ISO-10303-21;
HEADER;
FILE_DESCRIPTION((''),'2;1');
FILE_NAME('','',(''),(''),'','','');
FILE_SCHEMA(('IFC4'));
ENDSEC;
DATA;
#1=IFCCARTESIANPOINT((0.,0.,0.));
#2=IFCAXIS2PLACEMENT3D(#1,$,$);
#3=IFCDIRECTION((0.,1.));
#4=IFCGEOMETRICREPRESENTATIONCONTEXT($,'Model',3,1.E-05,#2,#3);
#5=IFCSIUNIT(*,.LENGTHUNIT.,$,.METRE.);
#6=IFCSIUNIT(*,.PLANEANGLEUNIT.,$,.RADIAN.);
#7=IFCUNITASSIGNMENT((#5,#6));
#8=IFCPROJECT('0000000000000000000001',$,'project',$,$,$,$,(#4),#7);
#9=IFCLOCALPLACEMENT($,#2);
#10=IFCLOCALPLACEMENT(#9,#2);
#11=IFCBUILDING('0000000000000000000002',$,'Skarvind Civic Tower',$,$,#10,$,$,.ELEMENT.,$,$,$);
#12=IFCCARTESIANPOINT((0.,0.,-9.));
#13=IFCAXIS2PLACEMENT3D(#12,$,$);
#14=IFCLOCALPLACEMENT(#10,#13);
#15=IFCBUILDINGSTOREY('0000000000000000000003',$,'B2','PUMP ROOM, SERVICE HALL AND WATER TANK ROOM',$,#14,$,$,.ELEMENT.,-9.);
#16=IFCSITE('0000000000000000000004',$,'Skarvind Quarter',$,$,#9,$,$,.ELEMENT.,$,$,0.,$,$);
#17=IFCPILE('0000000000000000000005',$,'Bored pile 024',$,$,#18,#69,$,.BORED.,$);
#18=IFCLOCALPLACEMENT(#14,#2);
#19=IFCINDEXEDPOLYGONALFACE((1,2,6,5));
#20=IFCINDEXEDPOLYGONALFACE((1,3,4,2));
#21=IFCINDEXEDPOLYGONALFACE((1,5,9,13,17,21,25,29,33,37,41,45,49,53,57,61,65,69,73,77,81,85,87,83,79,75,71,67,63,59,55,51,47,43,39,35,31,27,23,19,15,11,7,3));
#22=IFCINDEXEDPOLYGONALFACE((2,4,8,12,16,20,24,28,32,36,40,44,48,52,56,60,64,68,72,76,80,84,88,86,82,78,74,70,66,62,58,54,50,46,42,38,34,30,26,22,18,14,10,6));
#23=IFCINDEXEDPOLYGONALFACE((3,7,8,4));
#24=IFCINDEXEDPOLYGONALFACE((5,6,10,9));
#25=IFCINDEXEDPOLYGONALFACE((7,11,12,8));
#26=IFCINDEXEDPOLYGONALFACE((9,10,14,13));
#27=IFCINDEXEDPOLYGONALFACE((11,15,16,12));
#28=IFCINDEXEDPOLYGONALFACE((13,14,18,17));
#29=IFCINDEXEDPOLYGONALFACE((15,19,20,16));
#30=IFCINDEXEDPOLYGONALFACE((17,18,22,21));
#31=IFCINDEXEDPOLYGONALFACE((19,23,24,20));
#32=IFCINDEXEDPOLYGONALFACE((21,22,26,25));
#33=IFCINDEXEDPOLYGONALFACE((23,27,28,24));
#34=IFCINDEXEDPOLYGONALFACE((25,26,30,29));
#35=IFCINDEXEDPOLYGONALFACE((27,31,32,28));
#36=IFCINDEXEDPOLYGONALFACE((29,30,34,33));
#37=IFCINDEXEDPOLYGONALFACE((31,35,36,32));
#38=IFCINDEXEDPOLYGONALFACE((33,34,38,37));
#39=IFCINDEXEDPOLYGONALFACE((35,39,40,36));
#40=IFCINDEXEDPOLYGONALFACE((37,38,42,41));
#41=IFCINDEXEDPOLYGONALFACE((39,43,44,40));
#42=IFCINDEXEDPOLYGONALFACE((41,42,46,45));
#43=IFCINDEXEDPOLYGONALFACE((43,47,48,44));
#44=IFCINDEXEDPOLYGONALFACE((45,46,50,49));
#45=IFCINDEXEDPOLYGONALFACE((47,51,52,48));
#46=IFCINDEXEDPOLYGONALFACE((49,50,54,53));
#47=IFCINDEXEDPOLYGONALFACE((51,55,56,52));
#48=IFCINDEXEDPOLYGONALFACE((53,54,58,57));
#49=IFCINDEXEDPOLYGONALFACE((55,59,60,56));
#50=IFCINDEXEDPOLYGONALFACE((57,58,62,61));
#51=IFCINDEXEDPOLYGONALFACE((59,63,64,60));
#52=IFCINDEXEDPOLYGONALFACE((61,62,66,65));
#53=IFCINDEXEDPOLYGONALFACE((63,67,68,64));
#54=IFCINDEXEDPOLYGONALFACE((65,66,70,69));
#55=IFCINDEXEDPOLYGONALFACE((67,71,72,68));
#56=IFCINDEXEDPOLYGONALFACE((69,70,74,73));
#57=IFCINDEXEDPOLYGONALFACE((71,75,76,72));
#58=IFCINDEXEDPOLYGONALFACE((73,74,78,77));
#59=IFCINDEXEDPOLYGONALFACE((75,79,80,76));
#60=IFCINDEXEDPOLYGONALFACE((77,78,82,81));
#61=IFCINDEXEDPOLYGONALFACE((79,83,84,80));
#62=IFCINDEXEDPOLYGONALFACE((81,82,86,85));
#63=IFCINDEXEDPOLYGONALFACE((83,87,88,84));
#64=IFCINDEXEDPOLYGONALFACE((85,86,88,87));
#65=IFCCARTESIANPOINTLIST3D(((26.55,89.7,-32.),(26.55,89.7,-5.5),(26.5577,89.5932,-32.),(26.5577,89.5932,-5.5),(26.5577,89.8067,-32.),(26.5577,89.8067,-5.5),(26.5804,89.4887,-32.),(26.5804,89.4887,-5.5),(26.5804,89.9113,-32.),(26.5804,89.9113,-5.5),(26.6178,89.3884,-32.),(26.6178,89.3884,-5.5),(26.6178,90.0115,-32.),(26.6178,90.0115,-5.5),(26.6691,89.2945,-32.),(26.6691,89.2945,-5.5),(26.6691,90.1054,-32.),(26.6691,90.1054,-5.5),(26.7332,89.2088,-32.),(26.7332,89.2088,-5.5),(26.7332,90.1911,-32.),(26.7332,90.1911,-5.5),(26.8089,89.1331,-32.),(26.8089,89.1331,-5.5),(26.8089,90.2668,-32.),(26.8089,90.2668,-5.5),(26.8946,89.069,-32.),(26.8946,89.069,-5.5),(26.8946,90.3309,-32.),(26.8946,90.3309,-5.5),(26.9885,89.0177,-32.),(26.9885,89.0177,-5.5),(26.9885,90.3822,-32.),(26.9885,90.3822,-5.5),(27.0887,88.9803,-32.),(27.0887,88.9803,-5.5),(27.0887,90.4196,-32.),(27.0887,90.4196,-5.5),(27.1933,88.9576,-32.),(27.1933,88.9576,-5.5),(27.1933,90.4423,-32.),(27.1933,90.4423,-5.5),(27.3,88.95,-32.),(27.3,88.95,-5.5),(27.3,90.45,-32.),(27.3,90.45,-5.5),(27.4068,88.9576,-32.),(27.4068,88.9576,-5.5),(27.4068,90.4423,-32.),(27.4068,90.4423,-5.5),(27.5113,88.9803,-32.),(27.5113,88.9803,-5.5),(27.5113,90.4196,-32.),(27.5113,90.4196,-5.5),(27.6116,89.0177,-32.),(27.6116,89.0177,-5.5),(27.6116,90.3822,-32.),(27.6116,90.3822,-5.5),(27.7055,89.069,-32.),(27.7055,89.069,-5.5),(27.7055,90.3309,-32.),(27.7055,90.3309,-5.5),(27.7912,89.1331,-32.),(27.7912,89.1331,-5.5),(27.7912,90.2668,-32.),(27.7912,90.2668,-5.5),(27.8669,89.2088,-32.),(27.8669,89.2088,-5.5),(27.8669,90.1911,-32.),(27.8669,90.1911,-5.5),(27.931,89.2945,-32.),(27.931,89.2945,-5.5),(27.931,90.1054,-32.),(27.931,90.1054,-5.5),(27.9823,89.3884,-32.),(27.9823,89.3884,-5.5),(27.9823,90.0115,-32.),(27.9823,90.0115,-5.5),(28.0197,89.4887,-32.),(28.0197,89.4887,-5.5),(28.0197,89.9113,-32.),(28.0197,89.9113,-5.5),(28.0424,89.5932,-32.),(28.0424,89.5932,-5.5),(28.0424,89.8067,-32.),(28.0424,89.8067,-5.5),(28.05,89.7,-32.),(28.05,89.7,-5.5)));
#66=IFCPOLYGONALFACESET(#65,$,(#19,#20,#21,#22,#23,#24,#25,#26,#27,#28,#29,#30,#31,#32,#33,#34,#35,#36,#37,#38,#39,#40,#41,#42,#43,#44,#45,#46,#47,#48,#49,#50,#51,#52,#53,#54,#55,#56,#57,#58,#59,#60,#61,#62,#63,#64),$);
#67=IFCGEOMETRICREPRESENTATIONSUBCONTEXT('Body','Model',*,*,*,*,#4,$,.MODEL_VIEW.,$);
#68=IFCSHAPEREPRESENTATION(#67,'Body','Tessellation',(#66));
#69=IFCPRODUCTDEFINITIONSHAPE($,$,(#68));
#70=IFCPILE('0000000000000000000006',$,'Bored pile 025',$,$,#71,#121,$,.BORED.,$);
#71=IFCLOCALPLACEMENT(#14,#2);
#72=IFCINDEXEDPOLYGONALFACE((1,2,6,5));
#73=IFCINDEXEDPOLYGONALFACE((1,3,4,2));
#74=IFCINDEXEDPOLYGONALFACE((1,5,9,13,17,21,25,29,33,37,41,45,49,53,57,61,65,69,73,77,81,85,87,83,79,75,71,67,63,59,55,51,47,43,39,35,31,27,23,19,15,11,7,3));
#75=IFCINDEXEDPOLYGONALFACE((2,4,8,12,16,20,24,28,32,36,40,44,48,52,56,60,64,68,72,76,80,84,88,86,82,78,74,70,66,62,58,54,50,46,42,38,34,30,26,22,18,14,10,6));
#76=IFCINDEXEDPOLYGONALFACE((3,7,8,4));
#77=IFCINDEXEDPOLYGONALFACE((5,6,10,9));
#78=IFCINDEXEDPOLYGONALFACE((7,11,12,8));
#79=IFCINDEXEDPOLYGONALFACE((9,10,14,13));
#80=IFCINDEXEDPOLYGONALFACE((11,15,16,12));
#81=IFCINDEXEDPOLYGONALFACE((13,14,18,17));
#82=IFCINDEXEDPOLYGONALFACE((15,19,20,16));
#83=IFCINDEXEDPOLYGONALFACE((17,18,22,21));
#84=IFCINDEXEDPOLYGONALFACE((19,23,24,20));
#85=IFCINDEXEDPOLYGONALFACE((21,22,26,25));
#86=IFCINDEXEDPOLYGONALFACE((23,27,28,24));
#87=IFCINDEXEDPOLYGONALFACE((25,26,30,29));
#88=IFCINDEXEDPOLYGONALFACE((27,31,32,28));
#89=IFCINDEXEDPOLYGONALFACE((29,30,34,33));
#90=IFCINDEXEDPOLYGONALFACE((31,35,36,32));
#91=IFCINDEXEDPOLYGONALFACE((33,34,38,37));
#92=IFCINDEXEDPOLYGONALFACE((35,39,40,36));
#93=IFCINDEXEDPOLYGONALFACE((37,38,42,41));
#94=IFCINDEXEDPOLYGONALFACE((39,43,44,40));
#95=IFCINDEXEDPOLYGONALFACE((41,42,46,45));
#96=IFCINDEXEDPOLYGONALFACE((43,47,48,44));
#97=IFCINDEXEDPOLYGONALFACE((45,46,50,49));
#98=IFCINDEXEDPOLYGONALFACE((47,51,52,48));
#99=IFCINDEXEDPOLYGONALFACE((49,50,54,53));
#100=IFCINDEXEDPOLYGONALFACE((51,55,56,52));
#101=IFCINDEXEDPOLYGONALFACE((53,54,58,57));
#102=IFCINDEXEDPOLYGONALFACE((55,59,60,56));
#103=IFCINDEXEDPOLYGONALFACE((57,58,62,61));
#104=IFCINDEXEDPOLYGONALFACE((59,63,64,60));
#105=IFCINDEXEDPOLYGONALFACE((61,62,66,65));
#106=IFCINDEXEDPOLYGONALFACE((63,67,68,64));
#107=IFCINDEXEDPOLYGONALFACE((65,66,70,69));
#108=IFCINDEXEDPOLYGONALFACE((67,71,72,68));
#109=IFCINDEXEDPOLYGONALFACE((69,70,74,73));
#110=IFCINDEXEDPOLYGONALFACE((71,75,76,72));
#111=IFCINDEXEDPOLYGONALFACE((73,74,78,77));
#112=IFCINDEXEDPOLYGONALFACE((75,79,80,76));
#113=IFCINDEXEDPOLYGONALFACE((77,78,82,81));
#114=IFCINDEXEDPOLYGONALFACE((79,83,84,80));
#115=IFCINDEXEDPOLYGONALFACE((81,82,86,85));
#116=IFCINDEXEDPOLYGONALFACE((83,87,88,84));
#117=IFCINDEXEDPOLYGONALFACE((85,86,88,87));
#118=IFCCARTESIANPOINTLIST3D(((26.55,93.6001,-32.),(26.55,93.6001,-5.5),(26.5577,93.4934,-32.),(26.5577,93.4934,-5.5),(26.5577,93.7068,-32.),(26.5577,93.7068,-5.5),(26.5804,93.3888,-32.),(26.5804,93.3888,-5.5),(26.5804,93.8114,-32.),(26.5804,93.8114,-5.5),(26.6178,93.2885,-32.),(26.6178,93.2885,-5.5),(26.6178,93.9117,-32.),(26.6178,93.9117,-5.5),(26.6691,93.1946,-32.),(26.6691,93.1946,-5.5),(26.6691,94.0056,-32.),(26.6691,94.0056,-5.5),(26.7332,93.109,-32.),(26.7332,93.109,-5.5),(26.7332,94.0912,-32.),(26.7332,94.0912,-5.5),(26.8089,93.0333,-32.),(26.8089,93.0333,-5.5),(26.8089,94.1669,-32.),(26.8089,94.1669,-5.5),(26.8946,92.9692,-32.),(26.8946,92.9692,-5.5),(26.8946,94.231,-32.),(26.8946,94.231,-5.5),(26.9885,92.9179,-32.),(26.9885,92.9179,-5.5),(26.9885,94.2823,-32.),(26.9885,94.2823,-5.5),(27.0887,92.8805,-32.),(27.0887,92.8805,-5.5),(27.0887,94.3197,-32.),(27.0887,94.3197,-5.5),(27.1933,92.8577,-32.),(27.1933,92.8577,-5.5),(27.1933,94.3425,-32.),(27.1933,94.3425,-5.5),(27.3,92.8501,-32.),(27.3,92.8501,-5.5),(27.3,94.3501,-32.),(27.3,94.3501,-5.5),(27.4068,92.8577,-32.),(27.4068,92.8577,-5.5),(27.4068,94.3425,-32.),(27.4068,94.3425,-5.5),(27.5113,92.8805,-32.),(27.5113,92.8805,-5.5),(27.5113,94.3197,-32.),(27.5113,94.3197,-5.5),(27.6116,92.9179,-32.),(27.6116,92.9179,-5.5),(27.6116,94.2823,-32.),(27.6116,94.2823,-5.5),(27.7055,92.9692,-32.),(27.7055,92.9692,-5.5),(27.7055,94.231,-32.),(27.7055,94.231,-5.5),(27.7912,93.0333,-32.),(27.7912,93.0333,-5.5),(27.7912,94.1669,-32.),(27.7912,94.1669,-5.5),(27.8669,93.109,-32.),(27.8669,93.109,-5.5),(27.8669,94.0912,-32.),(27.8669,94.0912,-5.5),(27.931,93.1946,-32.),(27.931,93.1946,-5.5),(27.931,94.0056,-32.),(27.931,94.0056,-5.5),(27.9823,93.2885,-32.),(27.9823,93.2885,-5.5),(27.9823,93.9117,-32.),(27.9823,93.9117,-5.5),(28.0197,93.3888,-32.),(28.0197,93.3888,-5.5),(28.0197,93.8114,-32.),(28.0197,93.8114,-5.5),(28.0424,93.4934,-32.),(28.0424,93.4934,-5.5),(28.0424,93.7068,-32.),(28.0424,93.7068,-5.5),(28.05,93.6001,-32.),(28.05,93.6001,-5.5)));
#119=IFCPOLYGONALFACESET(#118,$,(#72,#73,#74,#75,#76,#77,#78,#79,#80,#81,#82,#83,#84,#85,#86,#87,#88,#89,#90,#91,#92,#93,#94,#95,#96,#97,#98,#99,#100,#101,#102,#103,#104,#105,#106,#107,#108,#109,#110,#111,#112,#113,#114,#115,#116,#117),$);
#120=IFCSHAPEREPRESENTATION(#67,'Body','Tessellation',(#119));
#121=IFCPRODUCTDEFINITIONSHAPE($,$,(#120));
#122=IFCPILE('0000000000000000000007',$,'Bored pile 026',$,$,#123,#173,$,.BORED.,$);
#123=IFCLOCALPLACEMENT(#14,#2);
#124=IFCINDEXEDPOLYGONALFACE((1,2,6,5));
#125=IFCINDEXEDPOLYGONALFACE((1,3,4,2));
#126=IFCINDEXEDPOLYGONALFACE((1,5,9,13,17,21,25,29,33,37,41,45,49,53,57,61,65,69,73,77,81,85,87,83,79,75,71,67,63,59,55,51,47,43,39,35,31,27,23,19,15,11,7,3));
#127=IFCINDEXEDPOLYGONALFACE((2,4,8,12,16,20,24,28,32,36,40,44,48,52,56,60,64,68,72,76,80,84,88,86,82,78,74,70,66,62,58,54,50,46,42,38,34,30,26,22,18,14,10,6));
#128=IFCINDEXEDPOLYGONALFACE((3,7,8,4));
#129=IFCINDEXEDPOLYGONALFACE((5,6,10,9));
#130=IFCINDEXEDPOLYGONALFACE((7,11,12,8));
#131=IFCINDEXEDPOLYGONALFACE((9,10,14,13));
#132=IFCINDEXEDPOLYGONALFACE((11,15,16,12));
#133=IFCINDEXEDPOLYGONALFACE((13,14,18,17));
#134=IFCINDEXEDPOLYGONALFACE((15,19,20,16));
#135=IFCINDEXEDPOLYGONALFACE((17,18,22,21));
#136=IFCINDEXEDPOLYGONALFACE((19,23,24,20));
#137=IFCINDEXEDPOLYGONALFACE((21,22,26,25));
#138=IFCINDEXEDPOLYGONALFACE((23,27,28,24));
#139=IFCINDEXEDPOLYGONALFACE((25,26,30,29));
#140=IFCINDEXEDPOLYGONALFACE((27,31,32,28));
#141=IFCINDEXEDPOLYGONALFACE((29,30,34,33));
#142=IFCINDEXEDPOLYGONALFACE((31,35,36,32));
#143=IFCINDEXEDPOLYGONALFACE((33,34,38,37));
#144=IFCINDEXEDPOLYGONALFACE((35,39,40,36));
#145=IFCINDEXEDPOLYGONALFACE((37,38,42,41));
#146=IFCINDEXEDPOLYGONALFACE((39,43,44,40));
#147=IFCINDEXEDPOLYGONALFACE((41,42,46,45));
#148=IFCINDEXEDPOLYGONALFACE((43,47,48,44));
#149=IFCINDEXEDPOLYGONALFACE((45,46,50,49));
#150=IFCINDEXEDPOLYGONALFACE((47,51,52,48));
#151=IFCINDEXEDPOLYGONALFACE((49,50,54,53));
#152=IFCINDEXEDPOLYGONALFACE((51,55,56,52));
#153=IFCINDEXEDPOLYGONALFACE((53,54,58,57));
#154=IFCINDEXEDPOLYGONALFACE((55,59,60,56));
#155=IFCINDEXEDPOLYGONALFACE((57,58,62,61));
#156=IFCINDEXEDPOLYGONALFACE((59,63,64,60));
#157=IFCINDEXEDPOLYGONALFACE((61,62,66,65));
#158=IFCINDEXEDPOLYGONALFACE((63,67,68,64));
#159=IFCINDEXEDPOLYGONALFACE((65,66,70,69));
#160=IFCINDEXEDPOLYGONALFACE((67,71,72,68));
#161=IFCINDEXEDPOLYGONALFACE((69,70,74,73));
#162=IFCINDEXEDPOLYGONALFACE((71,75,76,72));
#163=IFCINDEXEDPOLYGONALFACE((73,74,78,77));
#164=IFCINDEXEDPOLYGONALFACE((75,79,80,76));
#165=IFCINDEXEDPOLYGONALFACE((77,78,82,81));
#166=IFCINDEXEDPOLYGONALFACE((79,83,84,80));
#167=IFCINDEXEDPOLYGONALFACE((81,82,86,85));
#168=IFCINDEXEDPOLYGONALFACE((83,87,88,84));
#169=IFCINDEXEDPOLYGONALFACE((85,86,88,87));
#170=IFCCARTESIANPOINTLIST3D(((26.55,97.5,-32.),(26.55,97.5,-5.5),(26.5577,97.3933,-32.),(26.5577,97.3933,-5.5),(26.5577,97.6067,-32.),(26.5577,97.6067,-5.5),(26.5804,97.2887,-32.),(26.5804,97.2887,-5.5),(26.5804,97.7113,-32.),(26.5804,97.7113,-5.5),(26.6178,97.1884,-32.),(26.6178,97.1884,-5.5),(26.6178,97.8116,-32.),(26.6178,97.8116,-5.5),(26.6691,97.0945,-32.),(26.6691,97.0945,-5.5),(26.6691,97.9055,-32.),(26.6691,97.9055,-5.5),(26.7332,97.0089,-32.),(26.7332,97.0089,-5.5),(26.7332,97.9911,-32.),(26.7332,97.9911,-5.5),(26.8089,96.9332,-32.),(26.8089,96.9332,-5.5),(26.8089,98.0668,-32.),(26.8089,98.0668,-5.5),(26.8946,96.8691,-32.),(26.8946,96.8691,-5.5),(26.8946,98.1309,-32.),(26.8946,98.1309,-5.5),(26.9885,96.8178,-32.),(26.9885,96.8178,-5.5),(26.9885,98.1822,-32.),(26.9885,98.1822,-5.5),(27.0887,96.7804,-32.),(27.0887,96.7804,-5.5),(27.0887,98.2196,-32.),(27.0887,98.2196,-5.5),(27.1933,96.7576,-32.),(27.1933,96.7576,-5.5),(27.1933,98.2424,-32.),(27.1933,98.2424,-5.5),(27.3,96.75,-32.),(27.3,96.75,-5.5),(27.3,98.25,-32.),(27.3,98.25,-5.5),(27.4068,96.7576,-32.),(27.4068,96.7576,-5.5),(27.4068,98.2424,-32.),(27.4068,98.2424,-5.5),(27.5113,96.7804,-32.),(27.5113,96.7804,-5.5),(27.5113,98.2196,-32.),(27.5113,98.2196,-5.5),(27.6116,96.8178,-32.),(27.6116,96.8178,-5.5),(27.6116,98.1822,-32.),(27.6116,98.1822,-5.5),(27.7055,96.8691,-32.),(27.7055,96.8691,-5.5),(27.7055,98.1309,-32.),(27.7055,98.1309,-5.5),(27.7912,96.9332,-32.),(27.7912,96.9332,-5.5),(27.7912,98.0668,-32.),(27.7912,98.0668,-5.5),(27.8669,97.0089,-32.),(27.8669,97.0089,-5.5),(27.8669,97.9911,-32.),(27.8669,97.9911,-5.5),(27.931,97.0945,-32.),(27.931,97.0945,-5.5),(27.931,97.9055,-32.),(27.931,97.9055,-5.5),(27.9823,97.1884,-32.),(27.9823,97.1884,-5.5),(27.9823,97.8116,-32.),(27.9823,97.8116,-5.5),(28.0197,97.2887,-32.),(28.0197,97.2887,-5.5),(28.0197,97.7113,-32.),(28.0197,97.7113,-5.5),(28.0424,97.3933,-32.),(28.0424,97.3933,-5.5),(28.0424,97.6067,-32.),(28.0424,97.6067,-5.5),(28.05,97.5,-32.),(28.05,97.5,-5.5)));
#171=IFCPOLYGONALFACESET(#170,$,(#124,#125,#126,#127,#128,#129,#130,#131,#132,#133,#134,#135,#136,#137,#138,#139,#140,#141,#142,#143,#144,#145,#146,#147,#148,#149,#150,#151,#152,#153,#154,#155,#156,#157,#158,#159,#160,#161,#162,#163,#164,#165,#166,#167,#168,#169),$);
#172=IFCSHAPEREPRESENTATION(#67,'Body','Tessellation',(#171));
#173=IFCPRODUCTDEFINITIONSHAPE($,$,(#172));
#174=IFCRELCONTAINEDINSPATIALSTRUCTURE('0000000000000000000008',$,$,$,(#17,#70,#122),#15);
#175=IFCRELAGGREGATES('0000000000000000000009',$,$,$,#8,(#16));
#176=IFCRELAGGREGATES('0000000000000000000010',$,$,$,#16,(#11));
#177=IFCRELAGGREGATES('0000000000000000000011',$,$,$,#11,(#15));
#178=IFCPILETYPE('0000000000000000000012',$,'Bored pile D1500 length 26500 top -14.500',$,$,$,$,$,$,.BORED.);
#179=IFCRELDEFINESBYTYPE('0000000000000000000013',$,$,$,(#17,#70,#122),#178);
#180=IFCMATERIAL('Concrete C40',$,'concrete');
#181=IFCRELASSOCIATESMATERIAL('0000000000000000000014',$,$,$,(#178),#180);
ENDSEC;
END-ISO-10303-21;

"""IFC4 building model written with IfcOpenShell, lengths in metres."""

from ifc_helpers import new_model, si_unit, direction, frame, origin, origin_2d, place, context, subcontext, project, spatial, circle, extrude, material, type_object, element, save


model = new_model("IFC4")

# Units and contexts
model_context = context("Model", 3, precision=1e-05, world=origin(), true_north=direction((0.0, 1.0)))
body_context = subcontext(model_context, "Body", "Model", "MODEL_VIEW")
ifc_project = project(units=[si_unit("LENGTHUNIT", "METRE"), si_unit("PLANEANGLEUNIT", "RADIAN")], contexts=[model_context])

# Site, building, storey
site_placement = place(None, origin())
site = spatial("IfcSite", under=ifc_project, at=site_placement, Name="Skarvind Quarter", CompositionType="ELEMENT", RefElevation=0.0)
building_placement = place(site_placement, origin())
building = spatial("IfcBuilding", under=site, at=building_placement, Name="Skarvind Civic Tower", CompositionType="ELEMENT")
storey_placement = place(building_placement, frame((0.0, 0.0, -9.0)))
storey = spatial("IfcBuildingStorey", under=building, at=storey_placement, Name="B2", Description="PUMP ROOM, SERVICE HALL AND WATER TANK ROOM", CompositionType="ELEMENT", Elevation=-9.0)

# Piles
ifc_material_1 = material(Name="Concrete C40", Category="concrete")
pile_type_1 = type_object("IfcPileType", Name="Bored pile D1500 length 26500 top -14.500", PredefinedType="BORED", material=ifc_material_1)
for number, where, z_axis, x_axis, name in (
    (1, (27.3, 89.7, -5.5), (0.0, 0.0, -1.0), (1.0, 0.0, 0.0), "Bored pile 024"),
    (2, (27.3, 93.6001, -5.5), (0.0, 0.0, -1.0), (1.0, 0.0, 0.0), "Bored pile 025"),
    (3, (27.3, 97.5, -5.5), (0.0, 0.0, -1.0), (1.0, 0.0, 0.0), "Bored pile 026"),
):
    element("IfcPile", number, at=place(storey_placement, frame(where, z_axis=z_axis, x_axis=x_axis)), inside=storey, type_object=pile_type_1, Name=name, PredefinedType="BORED", context=body_context, shape_type="SweptSolid", body=[
        extrude(circle(Radius=0.75, at=origin_2d()), origin(), (0.0, 0.0, 1.0), 26.5),
    ])

save(model, "model.ifc")
